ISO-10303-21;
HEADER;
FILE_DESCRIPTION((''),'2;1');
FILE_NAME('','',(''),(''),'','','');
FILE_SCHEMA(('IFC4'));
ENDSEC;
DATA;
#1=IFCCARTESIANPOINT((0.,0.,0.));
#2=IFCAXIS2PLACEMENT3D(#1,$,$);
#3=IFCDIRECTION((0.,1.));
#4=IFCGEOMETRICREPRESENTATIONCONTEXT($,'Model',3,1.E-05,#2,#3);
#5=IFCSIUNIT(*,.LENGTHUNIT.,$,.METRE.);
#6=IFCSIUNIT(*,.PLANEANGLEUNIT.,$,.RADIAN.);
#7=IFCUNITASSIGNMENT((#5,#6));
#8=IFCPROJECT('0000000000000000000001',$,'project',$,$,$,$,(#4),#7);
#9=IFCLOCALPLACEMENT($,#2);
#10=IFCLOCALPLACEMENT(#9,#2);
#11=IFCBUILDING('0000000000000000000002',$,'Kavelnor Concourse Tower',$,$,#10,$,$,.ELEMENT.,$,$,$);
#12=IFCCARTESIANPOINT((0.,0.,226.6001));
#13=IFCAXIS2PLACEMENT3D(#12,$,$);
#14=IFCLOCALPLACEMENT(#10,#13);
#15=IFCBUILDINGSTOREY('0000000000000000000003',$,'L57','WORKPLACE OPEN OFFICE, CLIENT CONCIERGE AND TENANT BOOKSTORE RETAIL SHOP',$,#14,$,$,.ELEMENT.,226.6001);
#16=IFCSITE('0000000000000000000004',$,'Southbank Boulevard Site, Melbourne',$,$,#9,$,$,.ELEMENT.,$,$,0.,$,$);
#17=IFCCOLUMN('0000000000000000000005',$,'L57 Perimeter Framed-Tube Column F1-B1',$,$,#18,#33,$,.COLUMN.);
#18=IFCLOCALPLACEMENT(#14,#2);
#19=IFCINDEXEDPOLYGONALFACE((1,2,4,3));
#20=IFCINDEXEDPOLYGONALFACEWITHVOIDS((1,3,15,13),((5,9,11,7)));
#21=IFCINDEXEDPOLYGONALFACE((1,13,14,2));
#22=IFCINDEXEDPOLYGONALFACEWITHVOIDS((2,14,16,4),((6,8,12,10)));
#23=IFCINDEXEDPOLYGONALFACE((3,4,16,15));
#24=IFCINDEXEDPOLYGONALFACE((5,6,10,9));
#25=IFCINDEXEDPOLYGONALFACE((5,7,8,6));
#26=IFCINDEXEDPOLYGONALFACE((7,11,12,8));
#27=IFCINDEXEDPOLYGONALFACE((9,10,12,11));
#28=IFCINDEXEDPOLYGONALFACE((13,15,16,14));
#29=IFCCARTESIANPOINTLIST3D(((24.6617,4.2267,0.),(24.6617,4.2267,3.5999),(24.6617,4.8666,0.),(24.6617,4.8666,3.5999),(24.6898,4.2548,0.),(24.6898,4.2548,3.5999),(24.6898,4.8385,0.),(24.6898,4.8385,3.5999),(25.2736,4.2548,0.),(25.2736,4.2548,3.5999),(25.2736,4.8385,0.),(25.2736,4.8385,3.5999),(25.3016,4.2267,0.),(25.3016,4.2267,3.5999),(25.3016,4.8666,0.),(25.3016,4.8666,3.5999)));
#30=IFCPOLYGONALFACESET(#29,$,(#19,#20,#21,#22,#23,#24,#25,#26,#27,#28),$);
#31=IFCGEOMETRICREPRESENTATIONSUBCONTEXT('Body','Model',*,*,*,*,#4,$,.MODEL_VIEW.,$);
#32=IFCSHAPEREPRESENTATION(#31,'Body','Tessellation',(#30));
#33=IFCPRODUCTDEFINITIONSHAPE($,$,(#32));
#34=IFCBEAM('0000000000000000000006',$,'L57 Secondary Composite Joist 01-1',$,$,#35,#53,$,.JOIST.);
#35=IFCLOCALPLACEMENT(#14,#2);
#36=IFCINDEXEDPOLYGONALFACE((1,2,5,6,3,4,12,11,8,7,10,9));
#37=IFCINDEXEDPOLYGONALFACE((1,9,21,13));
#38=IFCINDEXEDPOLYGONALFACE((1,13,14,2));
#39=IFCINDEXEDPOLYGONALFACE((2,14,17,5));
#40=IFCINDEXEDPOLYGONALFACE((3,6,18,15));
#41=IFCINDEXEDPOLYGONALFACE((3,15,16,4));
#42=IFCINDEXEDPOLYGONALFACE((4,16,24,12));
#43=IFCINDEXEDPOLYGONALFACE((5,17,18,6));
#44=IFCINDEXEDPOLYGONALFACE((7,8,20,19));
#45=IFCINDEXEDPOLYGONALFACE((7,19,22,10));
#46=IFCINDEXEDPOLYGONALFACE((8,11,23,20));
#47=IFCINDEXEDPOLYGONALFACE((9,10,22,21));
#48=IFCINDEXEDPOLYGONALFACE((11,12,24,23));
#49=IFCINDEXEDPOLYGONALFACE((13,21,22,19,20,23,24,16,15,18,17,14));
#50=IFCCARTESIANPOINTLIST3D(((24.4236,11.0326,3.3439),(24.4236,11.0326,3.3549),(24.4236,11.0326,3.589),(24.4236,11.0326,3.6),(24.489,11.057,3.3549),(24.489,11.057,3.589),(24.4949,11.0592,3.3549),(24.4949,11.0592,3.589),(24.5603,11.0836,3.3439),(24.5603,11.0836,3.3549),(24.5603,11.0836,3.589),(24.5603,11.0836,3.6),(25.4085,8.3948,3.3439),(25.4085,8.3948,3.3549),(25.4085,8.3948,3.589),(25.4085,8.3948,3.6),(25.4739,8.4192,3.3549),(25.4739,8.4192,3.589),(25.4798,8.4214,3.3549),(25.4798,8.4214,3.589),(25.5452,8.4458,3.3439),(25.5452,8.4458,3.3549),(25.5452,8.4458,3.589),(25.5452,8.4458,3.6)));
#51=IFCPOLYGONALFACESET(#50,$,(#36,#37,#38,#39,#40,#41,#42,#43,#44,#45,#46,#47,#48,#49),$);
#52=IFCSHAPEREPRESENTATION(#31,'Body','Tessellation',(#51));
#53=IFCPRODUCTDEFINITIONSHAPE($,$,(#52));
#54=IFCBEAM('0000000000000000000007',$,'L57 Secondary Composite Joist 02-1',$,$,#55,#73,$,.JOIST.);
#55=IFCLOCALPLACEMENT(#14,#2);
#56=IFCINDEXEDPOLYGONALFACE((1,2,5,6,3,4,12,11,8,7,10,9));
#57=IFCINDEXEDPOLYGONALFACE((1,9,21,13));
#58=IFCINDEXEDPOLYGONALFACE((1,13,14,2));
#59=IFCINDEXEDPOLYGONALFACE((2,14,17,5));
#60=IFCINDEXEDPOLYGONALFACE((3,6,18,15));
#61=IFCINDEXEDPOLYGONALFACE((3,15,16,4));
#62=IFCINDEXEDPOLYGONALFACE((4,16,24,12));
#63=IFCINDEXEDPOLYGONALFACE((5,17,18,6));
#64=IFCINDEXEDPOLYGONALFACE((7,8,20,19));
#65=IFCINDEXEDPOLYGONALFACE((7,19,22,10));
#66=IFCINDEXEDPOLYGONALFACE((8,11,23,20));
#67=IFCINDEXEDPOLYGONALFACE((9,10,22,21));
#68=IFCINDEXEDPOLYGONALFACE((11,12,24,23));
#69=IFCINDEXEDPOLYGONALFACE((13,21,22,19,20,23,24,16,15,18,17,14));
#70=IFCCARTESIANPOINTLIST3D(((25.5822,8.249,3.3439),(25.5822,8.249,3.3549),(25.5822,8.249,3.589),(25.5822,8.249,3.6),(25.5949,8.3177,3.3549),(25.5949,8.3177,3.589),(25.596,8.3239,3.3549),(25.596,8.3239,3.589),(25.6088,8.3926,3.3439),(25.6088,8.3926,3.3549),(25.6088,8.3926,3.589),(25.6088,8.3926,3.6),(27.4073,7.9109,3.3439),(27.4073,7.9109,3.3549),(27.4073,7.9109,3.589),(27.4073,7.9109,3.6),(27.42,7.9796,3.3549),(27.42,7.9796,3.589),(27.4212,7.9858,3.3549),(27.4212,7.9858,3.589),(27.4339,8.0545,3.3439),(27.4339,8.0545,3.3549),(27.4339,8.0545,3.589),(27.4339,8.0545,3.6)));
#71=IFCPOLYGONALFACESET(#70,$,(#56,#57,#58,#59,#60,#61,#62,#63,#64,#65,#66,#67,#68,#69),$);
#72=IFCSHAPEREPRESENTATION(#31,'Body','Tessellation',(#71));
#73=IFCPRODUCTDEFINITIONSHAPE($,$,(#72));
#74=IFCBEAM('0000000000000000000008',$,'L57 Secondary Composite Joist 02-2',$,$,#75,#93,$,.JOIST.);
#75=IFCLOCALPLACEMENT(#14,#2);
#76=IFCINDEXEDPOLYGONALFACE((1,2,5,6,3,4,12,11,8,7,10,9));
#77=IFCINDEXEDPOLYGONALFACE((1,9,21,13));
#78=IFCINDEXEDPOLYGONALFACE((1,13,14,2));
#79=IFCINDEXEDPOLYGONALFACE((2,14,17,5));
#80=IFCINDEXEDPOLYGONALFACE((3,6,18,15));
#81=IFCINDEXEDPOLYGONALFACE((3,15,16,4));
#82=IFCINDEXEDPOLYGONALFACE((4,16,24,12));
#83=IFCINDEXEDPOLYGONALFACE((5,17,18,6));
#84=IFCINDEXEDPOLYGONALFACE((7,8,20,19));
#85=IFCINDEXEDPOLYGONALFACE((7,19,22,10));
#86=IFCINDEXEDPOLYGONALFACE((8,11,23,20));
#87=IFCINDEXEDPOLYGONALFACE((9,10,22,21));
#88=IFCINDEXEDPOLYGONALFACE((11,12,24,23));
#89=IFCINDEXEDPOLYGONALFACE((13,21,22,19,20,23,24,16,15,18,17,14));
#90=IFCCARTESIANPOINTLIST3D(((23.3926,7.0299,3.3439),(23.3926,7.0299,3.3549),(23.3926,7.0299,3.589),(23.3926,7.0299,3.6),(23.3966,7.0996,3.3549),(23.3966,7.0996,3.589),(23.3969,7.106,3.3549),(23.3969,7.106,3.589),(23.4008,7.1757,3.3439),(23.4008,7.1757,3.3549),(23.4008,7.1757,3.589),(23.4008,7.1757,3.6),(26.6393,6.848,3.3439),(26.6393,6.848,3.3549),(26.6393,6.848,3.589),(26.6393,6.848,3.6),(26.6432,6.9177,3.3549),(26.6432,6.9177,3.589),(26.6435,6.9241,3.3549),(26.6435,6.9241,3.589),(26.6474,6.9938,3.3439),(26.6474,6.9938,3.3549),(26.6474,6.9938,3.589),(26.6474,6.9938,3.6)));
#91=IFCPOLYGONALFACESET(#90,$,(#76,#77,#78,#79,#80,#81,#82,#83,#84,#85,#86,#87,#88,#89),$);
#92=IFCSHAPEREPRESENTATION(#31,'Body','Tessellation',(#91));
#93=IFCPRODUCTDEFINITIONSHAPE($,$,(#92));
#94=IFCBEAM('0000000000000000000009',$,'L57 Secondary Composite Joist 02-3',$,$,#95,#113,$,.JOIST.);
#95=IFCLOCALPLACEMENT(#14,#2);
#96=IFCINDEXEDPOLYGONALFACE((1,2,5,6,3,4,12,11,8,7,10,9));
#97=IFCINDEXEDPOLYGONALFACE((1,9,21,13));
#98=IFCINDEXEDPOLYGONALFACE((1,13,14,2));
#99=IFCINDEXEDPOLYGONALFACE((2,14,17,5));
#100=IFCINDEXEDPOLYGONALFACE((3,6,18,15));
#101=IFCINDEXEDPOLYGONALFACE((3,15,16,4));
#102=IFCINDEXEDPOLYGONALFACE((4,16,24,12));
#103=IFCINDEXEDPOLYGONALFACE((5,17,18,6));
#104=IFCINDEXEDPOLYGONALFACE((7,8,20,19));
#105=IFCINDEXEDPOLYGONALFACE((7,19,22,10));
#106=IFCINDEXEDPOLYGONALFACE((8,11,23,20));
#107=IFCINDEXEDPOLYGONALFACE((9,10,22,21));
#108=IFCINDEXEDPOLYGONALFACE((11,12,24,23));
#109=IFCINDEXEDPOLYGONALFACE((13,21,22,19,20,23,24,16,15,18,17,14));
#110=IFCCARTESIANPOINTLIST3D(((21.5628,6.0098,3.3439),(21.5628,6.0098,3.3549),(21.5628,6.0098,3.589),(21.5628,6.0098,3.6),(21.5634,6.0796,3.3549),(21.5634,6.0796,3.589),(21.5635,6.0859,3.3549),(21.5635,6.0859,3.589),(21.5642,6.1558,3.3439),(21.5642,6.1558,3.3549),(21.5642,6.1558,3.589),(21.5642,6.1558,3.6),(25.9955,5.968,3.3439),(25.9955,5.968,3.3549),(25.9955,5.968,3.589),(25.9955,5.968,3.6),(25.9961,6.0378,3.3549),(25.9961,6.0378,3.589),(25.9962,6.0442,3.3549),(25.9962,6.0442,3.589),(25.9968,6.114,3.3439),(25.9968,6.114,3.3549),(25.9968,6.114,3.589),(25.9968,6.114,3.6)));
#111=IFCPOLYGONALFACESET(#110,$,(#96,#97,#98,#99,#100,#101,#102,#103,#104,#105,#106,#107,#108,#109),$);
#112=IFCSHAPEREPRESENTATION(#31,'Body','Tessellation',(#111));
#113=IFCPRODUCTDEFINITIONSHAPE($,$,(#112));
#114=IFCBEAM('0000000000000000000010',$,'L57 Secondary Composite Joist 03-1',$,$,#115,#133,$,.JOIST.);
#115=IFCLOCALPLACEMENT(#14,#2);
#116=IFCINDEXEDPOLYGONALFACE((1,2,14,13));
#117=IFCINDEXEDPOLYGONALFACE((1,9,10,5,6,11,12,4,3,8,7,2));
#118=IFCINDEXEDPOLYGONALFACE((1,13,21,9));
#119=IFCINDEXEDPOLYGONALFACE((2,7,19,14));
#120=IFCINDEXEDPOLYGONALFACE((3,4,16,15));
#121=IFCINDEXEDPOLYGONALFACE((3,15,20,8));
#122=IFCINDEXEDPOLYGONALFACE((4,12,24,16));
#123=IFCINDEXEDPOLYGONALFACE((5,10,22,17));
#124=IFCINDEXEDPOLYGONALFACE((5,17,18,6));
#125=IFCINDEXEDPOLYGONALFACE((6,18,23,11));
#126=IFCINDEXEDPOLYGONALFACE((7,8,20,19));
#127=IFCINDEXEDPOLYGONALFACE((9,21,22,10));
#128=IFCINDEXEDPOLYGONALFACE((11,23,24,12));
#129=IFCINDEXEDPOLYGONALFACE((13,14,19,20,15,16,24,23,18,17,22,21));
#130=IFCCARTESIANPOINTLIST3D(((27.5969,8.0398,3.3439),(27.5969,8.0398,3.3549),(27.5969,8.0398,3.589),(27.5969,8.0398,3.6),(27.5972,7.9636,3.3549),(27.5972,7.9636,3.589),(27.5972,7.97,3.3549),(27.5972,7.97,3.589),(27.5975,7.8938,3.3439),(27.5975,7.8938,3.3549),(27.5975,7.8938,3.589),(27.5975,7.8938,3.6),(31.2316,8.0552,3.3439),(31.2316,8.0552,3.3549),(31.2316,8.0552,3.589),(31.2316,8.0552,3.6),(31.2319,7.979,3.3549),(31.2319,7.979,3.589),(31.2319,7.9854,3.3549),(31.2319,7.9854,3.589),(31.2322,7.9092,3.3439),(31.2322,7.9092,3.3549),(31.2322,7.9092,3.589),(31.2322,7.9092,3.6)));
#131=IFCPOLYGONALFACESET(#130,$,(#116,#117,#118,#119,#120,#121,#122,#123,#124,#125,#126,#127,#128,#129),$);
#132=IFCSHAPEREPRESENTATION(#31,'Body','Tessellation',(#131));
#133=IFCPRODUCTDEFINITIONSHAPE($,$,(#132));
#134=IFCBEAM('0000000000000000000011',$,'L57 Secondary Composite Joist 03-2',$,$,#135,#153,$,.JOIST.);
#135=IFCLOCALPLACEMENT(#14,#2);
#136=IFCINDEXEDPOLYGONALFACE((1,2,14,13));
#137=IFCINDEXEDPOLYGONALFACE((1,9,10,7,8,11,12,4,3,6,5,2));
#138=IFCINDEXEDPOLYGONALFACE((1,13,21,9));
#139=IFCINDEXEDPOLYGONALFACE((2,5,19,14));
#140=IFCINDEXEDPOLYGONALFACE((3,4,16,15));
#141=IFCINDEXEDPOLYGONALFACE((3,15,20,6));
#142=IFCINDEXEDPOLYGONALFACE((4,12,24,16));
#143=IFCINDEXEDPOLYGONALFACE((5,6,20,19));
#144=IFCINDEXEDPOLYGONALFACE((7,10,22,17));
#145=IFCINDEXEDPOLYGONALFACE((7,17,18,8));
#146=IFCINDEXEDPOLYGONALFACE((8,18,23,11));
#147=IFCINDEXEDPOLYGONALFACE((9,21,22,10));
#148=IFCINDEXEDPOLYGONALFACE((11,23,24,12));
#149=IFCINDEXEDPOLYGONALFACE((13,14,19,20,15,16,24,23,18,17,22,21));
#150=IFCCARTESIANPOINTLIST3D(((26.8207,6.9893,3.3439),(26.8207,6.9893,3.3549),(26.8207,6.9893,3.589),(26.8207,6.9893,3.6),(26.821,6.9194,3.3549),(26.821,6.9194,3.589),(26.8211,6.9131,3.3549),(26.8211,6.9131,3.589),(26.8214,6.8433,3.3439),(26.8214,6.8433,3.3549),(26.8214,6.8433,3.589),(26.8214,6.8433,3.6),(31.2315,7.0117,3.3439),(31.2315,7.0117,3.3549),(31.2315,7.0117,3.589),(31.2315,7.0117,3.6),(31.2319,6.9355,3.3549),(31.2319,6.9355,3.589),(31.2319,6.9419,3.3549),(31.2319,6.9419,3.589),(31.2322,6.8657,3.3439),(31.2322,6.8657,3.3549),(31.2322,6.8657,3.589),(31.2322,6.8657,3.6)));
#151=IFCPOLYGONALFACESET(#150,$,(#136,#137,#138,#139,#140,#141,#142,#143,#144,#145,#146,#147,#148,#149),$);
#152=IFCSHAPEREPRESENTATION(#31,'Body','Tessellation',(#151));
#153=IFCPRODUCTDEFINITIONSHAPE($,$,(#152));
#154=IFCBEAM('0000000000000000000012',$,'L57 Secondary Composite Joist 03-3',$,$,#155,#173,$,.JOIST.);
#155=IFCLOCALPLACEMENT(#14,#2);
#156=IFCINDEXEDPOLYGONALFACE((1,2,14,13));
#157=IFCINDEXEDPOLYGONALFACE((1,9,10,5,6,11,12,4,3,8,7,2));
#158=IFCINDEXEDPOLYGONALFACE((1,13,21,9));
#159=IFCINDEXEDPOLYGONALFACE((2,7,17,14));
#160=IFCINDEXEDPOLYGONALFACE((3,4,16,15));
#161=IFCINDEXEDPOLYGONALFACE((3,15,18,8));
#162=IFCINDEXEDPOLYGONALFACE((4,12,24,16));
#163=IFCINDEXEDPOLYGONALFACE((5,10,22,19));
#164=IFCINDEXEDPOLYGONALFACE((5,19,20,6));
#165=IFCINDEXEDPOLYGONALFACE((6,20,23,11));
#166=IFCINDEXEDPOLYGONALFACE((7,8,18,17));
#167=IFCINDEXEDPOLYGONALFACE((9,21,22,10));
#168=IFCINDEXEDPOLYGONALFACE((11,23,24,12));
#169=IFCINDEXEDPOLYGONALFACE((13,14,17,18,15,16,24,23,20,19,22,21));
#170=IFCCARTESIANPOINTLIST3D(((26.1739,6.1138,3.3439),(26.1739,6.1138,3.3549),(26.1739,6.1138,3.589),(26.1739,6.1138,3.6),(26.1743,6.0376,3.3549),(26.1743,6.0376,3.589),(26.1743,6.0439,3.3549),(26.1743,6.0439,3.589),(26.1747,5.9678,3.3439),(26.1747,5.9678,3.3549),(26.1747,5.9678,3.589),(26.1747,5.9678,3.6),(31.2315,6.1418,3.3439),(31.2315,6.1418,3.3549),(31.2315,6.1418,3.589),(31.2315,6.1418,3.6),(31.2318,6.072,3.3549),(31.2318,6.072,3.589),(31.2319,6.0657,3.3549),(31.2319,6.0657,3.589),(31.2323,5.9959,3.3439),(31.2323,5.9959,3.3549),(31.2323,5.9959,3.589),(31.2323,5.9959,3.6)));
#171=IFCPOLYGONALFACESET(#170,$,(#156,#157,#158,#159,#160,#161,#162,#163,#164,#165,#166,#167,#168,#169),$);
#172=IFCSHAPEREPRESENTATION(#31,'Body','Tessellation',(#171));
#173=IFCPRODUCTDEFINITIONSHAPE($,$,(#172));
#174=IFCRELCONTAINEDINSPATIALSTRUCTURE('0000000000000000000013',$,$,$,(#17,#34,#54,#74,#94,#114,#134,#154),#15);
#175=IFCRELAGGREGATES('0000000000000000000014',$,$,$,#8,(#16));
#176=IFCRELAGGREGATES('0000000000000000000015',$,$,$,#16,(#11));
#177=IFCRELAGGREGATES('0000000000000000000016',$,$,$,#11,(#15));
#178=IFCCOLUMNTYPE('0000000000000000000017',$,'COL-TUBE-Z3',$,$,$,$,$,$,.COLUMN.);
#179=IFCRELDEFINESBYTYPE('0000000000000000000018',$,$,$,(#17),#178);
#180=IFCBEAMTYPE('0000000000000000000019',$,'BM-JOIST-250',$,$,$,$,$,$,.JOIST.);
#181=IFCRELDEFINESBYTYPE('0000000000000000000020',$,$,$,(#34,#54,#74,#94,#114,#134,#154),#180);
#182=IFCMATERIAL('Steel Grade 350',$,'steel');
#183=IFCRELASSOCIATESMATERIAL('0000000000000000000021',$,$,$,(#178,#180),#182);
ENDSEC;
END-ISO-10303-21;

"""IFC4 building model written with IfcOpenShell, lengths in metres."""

from ifc_helpers import new_model, si_unit, direction, frame, origin, origin_2d, place, context, subcontext, project, spatial, hollow_rectangle, i_section, extrude, material, material_profile, profile_set, type_object, element, save


model = new_model("IFC4")

# Units and contexts
model_context = context("Model", 3, precision=1e-05, world=origin(), true_north=direction((0.0, 1.0)))
body_context = subcontext(model_context, "Body", "Model", "MODEL_VIEW")
ifc_project = project(units=[si_unit("LENGTHUNIT", "METRE"), si_unit("PLANEANGLEUNIT", "RADIAN")], contexts=[model_context])

# Site, building, storey
site_placement = place(None, origin())
site = spatial("IfcSite", under=ifc_project, at=site_placement, Name="Southbank Boulevard Site, Melbourne", CompositionType="ELEMENT", RefElevation=0.0)
building_placement = place(site_placement, origin())
building = spatial("IfcBuilding", under=site, at=building_placement, Name="Kavelnor Concourse Tower", CompositionType="ELEMENT")
storey_placement = place(building_placement, frame((0.0, 0.0, 226.6001)))
storey = spatial("IfcBuildingStorey", under=building, at=storey_placement, Name="L57", Description="WORKPLACE OPEN OFFICE, CLIENT CONCIERGE AND TENANT BOOKSTORE RETAIL SHOP", CompositionType="ELEMENT", Elevation=226.6001)

# Column
ifc_material_1 = material(Name="Steel Grade 350", Category="steel")
ifc_material_profile_1 = material_profile(ifc_material_1, hollow_rectangle(XDim=0.6399, YDim=0.6399, WallThickness=0.0281, at=origin_2d()), Name="SHS 640x640x28")
ifc_profile_set_1 = profile_set([ifc_material_profile_1], Name="Steel Grade 350")
column_type = type_object("IfcColumnType", Name="COL-TUBE-Z3", PredefinedType="COLUMN", material=ifc_profile_set_1)
column_placement = place(storey_placement, frame((24.9817, 4.5466, 0.0), z_axis=(0.0, 0.0, 1.0), x_axis=(1.0, 0.0, 0.0)))
element("IfcColumn", 1, at=column_placement, inside=storey, type_object=column_type, Name="L57 Perimeter Framed-Tube Column F1-B1", PredefinedType="COLUMN", context=body_context, shape_type="SweptSolid", body=[
    extrude(hollow_rectangle(XDim=0.6399, YDim=0.6399, WallThickness=0.0281, at=origin_2d()), origin(), (0.0, 0.0, 1.0), 3.5999),
])

# Beams
ifc_material_profile_2 = material_profile(ifc_material_1, i_section(OverallWidth=0.146, OverallDepth=0.2561, WebThickness=0.0063, FlangeThickness=0.011, at=origin_2d()), Name="250UB37")
ifc_profile_set_2 = profile_set([ifc_material_profile_2], Name="Steel Grade 350")
beam_type_1 = type_object("IfcBeamType", Name="BM-JOIST-250", PredefinedType="JOIST", material=ifc_profile_set_2)
beam_1_placement = place(storey_placement, frame((24.4919, 11.0581, 3.4719), z_axis=(0.349793, -0.936827, 0.0), x_axis=(0.936827, 0.349793, 0.0)))
element("IfcBeam", 2, at=beam_1_placement, inside=storey, type_object=beam_type_1, Name="L57 Secondary Composite Joist 01-1", PredefinedType="JOIST", context=body_context, shape_type="SweptSolid", body=[
    extrude(i_section(OverallWidth=0.146, OverallDepth=0.2561, WebThickness=0.0063, FlangeThickness=0.011, at=origin_2d()), origin(), (0.0, 0.0, 1.0), 2.8157),
])
beam_2_placement = place(storey_placement, frame((25.5955, 8.3208, 3.4719), z_axis=(0.983269, -0.18216, 0.0), x_axis=(0.18216, 0.983269, 0.0)))
element("IfcBeam", 3, at=beam_2_placement, inside=storey, type_object=beam_type_1, Name="L57 Secondary Composite Joist 02-1", PredefinedType="JOIST", context=body_context, shape_type="SweptSolid", body=[
    extrude(i_section(OverallWidth=0.146, OverallDepth=0.2561, WebThickness=0.0063, FlangeThickness=0.011, at=origin_2d()), origin(), (0.0, 0.0, 1.0), 1.8562),
])
beam_3_placement = place(storey_placement, frame((23.3967, 7.1028, 3.4719), z_axis=(0.998434, -0.055936, 0.0), x_axis=(0.055936, 0.998434, 0.0)))
element("IfcBeam", 4, at=beam_3_placement, inside=storey, type_object=beam_type_1, Name="L57 Secondary Composite Joist 02-2", PredefinedType="JOIST", context=body_context, shape_type="SweptSolid", body=[
    extrude(i_section(OverallWidth=0.146, OverallDepth=0.2561, WebThickness=0.0063, FlangeThickness=0.011, at=origin_2d()), origin(), (0.0, 0.0, 1.0), 3.2517),
])
beam_4_placement = place(storey_placement, frame((21.5635, 6.0828, 3.4719), z_axis=(0.999956, -0.009418, 0.0), x_axis=(0.009418, 0.999956, 0.0)))
element("IfcBeam", 5, at=beam_4_placement, inside=storey, type_object=beam_type_1, Name="L57 Secondary Composite Joist 02-3", PredefinedType="JOIST", context=body_context, shape_type="SweptSolid", body=[
    extrude(i_section(OverallWidth=0.146, OverallDepth=0.2561, WebThickness=0.0063, FlangeThickness=0.011, at=origin_2d()), origin(), (0.0, 0.0, 1.0), 4.4329),
])
beam_5_placement = place(storey_placement, frame((27.5972, 7.9668, 3.4719), z_axis=(0.999991, 0.004232, 0.0), x_axis=(-0.004232, 0.999991, 0.0)))
element("IfcBeam", 6, at=beam_5_placement, inside=storey, type_object=beam_type_1, Name="L57 Secondary Composite Joist 03-1", PredefinedType="JOIST", context=body_context, shape_type="SweptSolid", body=[
    extrude(i_section(OverallWidth=0.146, OverallDepth=0.2561, WebThickness=0.0063, FlangeThickness=0.011, at=origin_2d()), origin(), (0.0, 0.0, 1.0), 3.6348),
])
beam_6_placement = place(storey_placement, frame((26.821, 6.9163, 3.4719), z_axis=(0.999987, 0.005092, 0.0), x_axis=(-0.005092, 0.999987, 0.0)))
element("IfcBeam", 7, at=beam_6_placement, inside=storey, type_object=beam_type_1, Name="L57 Secondary Composite Joist 03-2", PredefinedType="JOIST", context=body_context, shape_type="SweptSolid", body=[
    extrude(i_section(OverallWidth=0.146, OverallDepth=0.2561, WebThickness=0.0063, FlangeThickness=0.011, at=origin_2d()), origin(), (0.0, 0.0, 1.0), 4.4109),
])
beam_7_placement = place(storey_placement, frame((26.1743, 6.0408, 3.4719), z_axis=(0.999985, 0.005551, 0.0), x_axis=(-0.005551, 0.999985, 0.0)))
element("IfcBeam", 8, at=beam_7_placement, inside=storey, type_object=beam_type_1, Name="L57 Secondary Composite Joist 03-3", PredefinedType="JOIST", context=body_context, shape_type="SweptSolid", body=[
    extrude(i_section(OverallWidth=0.146, OverallDepth=0.2561, WebThickness=0.0063, FlangeThickness=0.011, at=origin_2d()), origin(), (0.0, 0.0, 1.0), 5.0576),
])

save(model, "model.ifc")
